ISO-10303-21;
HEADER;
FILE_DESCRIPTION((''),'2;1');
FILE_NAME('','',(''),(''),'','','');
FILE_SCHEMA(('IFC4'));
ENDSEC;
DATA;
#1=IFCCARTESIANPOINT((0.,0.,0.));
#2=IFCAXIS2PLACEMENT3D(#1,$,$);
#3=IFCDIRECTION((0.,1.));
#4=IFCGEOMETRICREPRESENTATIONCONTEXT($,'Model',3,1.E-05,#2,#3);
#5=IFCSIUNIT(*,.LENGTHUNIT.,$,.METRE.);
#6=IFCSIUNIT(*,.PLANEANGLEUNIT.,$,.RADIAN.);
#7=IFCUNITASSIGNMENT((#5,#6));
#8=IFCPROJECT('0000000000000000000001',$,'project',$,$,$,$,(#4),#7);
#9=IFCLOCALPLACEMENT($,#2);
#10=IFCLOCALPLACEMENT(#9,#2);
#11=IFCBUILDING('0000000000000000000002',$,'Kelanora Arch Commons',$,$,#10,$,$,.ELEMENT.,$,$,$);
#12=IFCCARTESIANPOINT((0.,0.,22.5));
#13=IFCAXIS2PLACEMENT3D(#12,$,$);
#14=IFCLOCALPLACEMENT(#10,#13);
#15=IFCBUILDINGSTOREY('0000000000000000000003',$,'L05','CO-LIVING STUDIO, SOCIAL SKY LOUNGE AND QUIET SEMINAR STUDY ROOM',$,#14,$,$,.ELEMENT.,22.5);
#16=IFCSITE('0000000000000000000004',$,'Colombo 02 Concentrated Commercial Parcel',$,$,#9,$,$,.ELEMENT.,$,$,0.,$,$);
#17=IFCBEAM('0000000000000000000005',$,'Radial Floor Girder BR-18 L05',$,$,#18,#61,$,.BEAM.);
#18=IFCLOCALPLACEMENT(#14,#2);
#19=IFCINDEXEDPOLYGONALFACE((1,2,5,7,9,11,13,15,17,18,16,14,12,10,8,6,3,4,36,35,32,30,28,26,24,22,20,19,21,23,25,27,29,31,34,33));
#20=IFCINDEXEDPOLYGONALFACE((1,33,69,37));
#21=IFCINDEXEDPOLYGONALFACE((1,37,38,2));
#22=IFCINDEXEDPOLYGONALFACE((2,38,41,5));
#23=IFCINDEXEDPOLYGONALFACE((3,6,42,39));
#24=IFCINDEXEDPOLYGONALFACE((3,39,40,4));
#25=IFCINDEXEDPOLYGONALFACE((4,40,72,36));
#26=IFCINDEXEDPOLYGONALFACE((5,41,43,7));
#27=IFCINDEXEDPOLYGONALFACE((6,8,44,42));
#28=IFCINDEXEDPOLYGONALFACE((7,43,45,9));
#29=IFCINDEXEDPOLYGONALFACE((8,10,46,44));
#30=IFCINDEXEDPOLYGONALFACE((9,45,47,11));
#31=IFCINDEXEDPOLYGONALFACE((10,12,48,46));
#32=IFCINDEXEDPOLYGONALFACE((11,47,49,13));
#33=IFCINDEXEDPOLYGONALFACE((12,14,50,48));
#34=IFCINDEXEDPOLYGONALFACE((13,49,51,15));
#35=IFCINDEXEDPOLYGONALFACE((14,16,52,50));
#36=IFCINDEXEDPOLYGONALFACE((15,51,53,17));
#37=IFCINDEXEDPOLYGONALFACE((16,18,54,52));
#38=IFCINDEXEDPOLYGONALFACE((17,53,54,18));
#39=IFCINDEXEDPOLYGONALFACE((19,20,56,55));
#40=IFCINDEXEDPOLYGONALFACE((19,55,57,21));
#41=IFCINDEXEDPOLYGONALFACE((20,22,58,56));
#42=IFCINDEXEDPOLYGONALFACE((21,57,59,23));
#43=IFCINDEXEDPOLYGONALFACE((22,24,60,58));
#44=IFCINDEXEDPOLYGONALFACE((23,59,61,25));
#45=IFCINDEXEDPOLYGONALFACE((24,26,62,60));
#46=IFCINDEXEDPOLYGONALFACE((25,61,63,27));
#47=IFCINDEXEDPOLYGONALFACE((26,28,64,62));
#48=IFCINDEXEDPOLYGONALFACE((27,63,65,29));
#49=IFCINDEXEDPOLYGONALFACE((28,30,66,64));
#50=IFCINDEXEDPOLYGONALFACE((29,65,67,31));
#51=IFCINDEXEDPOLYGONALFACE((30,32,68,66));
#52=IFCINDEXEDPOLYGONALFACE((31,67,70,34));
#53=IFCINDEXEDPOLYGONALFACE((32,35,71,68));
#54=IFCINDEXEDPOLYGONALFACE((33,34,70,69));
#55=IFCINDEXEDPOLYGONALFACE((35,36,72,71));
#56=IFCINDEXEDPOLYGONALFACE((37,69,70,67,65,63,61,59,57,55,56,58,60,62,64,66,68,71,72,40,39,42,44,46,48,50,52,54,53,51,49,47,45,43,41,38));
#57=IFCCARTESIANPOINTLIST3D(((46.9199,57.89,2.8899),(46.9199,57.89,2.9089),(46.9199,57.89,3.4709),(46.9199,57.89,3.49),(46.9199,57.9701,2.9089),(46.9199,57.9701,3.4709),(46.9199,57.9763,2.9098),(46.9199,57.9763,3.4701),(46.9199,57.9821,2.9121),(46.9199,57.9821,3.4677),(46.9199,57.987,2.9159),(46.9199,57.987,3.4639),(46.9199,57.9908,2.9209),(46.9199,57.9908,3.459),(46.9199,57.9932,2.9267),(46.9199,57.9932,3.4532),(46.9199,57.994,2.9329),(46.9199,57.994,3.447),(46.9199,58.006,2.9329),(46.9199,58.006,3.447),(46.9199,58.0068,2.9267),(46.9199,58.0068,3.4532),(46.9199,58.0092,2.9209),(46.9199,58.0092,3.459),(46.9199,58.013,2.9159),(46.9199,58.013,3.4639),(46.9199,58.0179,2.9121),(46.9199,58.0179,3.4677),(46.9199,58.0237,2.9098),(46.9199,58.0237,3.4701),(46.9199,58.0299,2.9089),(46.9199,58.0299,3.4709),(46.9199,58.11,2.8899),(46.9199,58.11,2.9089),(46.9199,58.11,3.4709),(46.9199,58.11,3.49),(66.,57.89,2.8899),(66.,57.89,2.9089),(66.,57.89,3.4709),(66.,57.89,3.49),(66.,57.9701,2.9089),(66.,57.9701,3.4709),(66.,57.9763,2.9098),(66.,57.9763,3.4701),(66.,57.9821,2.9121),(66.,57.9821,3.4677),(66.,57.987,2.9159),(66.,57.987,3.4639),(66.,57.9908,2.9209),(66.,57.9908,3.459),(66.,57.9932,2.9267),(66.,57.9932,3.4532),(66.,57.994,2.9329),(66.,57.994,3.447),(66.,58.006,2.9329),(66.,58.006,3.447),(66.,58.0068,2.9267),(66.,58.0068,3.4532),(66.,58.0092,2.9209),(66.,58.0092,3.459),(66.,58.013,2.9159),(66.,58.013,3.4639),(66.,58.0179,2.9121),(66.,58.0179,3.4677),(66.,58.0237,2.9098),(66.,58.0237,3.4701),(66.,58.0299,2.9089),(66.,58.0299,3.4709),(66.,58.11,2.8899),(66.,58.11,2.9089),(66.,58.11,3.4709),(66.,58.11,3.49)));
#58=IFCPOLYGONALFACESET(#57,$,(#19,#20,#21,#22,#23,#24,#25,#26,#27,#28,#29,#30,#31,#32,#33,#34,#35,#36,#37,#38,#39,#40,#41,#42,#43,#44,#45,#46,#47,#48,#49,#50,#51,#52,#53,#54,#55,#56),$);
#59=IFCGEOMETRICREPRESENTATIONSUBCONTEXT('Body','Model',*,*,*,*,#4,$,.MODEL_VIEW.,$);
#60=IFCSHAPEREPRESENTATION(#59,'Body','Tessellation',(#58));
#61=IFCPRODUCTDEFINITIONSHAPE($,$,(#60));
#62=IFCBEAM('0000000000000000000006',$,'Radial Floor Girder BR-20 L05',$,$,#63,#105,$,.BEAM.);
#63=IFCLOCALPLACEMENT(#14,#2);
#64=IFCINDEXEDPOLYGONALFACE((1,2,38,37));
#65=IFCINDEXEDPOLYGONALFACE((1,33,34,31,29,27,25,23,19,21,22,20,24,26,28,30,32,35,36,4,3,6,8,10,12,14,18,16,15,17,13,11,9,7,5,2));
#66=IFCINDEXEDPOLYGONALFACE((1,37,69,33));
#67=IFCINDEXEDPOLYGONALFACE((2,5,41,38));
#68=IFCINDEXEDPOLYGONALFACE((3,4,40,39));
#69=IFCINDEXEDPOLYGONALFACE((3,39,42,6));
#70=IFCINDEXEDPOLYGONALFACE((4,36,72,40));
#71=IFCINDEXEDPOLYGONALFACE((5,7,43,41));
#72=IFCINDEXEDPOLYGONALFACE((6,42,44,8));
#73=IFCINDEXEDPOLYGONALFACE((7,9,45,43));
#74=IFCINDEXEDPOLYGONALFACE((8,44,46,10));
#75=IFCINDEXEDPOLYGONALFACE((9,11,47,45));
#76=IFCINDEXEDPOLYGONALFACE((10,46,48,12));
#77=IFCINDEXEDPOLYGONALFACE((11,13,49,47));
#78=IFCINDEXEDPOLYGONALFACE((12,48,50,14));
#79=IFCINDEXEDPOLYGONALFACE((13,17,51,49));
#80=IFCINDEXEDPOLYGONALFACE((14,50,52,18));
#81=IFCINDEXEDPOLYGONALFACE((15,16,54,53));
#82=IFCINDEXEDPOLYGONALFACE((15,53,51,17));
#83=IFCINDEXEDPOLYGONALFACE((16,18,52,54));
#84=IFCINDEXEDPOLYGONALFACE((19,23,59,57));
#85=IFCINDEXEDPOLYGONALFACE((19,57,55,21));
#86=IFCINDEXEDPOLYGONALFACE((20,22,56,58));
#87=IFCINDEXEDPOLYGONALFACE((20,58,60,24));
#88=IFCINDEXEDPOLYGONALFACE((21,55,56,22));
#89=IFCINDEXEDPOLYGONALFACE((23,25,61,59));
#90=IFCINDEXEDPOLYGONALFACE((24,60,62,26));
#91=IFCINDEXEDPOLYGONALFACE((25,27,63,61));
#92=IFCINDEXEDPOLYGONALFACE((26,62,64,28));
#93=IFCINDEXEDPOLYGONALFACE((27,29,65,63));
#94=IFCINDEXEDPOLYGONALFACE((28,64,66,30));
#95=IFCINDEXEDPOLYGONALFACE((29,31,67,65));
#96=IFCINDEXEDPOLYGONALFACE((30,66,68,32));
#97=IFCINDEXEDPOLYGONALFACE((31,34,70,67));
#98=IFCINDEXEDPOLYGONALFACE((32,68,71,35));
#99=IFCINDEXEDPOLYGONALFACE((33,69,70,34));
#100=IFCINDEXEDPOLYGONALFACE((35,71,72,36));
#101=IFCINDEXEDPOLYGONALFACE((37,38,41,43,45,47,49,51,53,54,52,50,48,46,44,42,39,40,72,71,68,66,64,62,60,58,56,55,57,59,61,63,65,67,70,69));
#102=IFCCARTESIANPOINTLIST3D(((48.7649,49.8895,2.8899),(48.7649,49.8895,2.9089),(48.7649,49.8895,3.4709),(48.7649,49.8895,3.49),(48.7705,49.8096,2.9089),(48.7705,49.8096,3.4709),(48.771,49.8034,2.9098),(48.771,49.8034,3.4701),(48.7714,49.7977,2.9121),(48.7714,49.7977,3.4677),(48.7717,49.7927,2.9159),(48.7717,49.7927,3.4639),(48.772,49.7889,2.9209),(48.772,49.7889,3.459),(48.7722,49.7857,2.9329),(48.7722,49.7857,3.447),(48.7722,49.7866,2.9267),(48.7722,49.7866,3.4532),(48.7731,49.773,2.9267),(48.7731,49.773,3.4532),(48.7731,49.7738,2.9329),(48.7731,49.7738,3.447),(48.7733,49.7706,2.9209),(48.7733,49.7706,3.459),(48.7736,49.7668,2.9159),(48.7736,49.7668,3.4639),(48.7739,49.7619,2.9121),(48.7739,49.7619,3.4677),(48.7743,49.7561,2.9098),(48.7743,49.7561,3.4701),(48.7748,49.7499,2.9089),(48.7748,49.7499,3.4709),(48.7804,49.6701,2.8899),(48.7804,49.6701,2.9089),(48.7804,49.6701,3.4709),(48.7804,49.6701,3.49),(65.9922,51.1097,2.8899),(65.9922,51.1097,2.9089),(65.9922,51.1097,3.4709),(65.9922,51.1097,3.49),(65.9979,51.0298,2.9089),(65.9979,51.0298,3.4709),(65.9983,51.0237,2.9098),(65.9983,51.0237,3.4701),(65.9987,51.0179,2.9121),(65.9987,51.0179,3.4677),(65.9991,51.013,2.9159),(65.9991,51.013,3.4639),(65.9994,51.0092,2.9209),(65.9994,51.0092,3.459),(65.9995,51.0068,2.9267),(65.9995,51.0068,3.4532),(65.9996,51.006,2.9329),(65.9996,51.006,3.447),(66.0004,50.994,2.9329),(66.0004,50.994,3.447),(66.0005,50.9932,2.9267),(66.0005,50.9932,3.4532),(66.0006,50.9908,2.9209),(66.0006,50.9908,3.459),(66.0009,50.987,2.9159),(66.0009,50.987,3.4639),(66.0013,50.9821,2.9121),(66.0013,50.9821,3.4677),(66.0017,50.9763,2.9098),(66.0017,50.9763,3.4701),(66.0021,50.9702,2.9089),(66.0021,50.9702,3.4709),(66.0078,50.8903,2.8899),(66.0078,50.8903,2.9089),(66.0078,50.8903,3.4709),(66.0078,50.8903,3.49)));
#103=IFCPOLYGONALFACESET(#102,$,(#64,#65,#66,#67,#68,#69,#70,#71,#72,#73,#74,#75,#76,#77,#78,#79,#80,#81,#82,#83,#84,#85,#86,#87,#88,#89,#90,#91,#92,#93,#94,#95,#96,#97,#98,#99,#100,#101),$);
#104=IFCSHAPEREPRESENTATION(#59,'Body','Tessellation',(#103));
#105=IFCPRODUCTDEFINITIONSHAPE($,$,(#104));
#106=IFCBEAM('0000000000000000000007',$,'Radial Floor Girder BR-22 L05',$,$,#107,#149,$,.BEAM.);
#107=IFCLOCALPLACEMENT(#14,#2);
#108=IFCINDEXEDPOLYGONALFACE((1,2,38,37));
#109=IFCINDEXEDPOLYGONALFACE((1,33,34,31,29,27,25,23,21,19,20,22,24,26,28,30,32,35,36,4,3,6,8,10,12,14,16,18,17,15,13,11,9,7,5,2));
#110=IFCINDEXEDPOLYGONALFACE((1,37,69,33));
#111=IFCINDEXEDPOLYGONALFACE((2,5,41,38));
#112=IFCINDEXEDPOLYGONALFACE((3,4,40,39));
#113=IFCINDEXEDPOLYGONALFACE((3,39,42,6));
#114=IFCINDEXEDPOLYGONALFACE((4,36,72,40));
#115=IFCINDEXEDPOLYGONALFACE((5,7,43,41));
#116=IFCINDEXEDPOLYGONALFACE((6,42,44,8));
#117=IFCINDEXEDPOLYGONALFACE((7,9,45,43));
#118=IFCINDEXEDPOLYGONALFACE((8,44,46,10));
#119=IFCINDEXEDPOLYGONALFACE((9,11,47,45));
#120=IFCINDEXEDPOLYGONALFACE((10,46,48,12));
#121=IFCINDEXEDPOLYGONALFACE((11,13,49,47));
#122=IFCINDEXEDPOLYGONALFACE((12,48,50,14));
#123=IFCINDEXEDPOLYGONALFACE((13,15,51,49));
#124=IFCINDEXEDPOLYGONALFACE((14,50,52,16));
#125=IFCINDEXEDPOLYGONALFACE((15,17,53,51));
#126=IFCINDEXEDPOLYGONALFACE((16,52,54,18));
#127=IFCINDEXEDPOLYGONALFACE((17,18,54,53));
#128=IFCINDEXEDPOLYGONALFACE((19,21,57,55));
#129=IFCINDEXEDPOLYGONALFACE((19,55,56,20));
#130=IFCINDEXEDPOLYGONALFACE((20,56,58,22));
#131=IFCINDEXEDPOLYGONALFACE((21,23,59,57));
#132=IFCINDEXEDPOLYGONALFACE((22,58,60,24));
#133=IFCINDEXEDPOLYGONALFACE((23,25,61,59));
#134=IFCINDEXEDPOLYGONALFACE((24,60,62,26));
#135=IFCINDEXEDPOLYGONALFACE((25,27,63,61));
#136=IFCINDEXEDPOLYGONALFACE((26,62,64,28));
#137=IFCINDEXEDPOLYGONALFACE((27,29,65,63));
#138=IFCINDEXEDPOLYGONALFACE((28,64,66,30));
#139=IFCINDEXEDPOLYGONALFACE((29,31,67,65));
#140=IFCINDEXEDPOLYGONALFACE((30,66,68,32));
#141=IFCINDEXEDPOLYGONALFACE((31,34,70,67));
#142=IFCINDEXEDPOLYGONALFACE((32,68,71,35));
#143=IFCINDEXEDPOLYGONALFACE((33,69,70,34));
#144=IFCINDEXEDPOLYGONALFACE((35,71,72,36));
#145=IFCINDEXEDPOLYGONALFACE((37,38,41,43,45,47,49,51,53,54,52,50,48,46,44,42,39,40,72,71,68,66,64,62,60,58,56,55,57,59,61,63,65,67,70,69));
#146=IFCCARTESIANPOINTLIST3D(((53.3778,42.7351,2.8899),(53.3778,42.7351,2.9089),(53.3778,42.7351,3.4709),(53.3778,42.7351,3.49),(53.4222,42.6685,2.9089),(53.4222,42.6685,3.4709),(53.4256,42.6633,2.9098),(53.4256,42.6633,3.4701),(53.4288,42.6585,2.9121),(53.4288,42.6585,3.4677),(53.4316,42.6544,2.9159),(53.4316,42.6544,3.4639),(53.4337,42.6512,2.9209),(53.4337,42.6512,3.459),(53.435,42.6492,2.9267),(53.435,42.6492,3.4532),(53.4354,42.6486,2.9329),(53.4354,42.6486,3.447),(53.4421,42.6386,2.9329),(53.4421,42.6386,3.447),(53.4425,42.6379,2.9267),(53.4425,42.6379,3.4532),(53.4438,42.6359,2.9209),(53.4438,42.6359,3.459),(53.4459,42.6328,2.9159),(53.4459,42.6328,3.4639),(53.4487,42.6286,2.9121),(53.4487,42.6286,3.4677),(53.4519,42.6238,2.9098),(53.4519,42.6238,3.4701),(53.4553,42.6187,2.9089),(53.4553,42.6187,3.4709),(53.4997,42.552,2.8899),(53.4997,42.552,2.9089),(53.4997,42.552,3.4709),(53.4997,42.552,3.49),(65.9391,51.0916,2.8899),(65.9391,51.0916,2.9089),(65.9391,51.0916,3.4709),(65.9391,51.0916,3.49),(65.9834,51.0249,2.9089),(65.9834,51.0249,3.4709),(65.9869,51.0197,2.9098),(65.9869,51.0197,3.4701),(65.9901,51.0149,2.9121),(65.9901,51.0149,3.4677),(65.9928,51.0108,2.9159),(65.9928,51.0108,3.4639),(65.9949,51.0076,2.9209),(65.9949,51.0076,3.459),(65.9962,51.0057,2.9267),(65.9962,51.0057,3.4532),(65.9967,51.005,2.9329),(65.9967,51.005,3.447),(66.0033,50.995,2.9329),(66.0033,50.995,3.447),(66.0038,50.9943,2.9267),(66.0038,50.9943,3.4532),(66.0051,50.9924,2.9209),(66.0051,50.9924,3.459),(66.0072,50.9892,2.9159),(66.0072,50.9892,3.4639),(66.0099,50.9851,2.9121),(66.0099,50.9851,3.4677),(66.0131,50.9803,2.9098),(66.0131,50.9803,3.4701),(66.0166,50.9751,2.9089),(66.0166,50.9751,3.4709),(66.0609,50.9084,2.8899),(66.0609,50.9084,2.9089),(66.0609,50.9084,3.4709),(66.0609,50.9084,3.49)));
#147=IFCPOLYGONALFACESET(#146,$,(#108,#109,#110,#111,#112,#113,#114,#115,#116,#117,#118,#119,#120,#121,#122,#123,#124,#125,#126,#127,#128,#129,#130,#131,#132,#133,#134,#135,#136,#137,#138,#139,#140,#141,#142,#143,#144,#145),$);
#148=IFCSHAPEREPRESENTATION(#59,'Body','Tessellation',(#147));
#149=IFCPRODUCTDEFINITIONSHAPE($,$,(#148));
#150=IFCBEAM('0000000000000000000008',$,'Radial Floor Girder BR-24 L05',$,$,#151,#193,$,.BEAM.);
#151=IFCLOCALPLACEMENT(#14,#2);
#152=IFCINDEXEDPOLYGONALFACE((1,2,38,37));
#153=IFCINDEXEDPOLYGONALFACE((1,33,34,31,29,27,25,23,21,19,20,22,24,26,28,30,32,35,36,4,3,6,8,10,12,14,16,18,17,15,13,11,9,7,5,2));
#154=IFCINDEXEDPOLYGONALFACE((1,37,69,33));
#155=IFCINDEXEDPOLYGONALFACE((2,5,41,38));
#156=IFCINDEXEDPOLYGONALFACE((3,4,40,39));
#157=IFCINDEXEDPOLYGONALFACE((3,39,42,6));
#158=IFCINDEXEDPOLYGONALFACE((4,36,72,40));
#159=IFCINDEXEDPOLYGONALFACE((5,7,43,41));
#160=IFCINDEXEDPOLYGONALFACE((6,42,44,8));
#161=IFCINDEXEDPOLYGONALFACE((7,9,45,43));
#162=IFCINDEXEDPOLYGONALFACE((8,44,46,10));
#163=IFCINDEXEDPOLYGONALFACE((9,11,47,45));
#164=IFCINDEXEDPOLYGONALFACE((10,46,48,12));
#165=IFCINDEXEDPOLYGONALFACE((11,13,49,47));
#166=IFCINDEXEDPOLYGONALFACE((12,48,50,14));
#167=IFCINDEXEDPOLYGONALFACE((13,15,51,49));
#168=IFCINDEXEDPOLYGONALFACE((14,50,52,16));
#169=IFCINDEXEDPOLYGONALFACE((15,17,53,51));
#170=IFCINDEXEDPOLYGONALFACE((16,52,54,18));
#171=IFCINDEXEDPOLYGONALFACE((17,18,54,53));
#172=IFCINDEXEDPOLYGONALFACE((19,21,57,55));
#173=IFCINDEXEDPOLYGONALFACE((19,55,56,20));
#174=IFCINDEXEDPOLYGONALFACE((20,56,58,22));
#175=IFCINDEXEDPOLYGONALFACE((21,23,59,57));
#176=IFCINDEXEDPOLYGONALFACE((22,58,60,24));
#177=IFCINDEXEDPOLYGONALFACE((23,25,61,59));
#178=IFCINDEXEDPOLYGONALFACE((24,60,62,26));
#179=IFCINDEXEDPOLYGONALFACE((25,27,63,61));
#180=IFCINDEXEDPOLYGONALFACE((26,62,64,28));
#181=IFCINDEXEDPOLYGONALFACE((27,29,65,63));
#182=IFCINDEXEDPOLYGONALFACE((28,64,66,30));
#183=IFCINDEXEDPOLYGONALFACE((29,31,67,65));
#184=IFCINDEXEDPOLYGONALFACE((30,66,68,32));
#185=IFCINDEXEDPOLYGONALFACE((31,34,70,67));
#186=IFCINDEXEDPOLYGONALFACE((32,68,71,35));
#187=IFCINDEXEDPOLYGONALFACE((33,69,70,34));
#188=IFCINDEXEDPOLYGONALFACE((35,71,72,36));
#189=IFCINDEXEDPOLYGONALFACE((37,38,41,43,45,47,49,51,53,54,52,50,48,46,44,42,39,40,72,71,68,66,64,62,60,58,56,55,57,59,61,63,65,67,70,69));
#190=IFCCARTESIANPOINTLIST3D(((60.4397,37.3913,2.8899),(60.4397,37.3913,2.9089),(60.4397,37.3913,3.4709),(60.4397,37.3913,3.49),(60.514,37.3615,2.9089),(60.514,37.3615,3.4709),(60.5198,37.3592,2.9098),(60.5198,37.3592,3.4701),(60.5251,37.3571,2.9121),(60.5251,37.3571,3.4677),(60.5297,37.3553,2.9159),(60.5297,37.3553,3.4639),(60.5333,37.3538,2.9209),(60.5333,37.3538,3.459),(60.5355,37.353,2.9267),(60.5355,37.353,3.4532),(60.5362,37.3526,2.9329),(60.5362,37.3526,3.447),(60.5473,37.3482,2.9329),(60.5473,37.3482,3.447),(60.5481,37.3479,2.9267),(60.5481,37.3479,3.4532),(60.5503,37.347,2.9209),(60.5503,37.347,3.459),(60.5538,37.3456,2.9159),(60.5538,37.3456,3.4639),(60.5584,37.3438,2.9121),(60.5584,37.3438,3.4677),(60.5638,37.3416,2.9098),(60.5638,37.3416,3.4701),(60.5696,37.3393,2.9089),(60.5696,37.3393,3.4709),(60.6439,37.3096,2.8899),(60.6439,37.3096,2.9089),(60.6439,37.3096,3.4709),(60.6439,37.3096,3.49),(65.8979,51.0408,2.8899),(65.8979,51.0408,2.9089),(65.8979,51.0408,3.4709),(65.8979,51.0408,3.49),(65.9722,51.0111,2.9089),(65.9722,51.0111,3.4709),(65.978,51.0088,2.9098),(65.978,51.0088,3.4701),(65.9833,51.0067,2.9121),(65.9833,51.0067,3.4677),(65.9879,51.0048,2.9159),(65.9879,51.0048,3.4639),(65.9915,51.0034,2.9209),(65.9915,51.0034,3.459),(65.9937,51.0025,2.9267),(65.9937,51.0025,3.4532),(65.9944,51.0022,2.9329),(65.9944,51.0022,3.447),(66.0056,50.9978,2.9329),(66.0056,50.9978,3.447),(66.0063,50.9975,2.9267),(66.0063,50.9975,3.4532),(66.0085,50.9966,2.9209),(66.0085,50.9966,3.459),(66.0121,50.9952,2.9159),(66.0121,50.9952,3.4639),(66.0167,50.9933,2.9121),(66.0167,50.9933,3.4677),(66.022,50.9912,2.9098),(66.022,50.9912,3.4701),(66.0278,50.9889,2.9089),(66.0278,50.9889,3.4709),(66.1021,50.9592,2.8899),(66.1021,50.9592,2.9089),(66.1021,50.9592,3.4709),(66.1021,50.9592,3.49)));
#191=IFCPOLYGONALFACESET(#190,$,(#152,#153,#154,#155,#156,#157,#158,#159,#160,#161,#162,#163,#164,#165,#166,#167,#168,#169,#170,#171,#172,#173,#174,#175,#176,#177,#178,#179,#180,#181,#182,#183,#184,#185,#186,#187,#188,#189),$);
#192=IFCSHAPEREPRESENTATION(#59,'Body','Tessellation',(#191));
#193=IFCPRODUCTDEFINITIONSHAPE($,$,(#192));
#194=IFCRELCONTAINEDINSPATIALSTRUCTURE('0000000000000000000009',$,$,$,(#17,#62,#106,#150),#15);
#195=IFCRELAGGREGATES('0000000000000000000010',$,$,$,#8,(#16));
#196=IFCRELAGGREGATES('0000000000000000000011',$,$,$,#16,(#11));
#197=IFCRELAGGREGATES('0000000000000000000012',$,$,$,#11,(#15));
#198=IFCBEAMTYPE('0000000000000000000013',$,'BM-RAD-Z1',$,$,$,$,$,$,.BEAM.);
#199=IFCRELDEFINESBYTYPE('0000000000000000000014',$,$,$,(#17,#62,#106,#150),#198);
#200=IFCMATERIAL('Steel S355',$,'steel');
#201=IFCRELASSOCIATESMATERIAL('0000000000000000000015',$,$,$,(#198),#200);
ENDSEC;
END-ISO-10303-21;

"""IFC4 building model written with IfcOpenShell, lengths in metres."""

from ifc_helpers import new_model, si_unit, direction, frame, origin, origin_2d, place, context, subcontext, project, spatial, i_section, extrude, material, material_profile, profile_set, type_object, element, save


model = new_model("IFC4")

# Units and contexts
model_context = context("Model", 3, precision=1e-05, world=origin(), true_north=direction((0.0, 1.0)))
body_context = subcontext(model_context, "Body", "Model", "MODEL_VIEW")
ifc_project = project(units=[si_unit("LENGTHUNIT", "METRE"), si_unit("PLANEANGLEUNIT", "RADIAN")], contexts=[model_context])

# Site, building, storey
site_placement = place(None, origin())
site = spatial("IfcSite", under=ifc_project, at=site_placement, Name="Colombo 02 Concentrated Commercial Parcel", CompositionType="ELEMENT", RefElevation=0.0)
building_placement = place(site_placement, origin())
building = spatial("IfcBuilding", under=site, at=building_placement, Name="Kelanora Arch Commons", CompositionType="ELEMENT")
storey_placement = place(building_placement, frame((0.0, 0.0, 22.5)))
storey = spatial("IfcBuildingStorey", under=building, at=storey_placement, Name="L05", Description="CO-LIVING STUDIO, SOCIAL SKY LOUNGE AND QUIET SEMINAR STUDY ROOM", CompositionType="ELEMENT", Elevation=22.5)

# Beams
ifc_material_1 = material(Name="Steel S355", Category="steel")
ifc_material_profile_1 = material_profile(ifc_material_1, i_section(OverallWidth=0.22, OverallDepth=0.6001, WebThickness=0.012, FlangeThickness=0.019, FilletRadius=0.0239, at=origin_2d()), Name="IPE600")
ifc_profile_set_1 = profile_set([ifc_material_profile_1], Name="Steel S355")
beam_type_1 = type_object("IfcBeamType", Name="BM-RAD-Z1", PredefinedType="BEAM", material=ifc_profile_set_1)
beam_1_placement = place(storey_placement, frame((66.0, 58.0, 3.1899), z_axis=(-1.0, 0.0, 0.0), x_axis=(0.0, -1.0, 0.0)))
element("IfcBeam", 1, at=beam_1_placement, inside=storey, type_object=beam_type_1, Name="Radial Floor Girder BR-18 L05", PredefinedType="BEAM", context=body_context, shape_type="SweptSolid", body=[
    extrude(i_section(OverallWidth=0.22, OverallDepth=0.6001, WebThickness=0.012, FlangeThickness=0.019, FilletRadius=0.0239, at=origin_2d()), origin(), (0.0, 0.0, 1.0), 19.0801),
])
beam_2_placement = place(storey_placement, frame((66.0, 51.0, 3.1899), z_axis=(-0.997501, -0.070653, 0.0), x_axis=(0.070653, -0.997501, 0.0)))
element("IfcBeam", 2, at=beam_2_placement, inside=storey, type_object=beam_type_1, Name="Radial Floor Girder BR-20 L05", PredefinedType="BEAM", context=body_context, shape_type="SweptSolid", body=[
    extrude(i_section(OverallWidth=0.22, OverallDepth=0.6001, WebThickness=0.012, FlangeThickness=0.019, FilletRadius=0.0239, at=origin_2d()), origin(), (0.0, 0.0, 1.0), 17.2705),
])
beam_3_placement = place(storey_placement, frame((66.0, 51.0, 3.1899), z_axis=(-0.832593, -0.553886, 0.0), x_axis=(0.553886, -0.832593, 0.0)))
element("IfcBeam", 3, at=beam_3_placement, inside=storey, type_object=beam_type_1, Name="Radial Floor Girder BR-22 L05", PredefinedType="BEAM", context=body_context, shape_type="SweptSolid", body=[
    extrude(i_section(OverallWidth=0.22, OverallDepth=0.6001, WebThickness=0.012, FlangeThickness=0.019, FilletRadius=0.0239, at=origin_2d()), origin(), (0.0, 0.0, 1.0), 15.0869),
])
beam_4_placement = place(storey_placement, frame((66.0, 51.0, 3.1899), z_axis=(-0.371296, -0.928514, 0.0), x_axis=(0.928514, -0.371296, 0.0)))
element("IfcBeam", 4, at=beam_4_placement, inside=storey, type_object=beam_type_1, Name="Radial Floor Girder BR-24 L05", PredefinedType="BEAM", context=body_context, shape_type="SweptSolid", body=[
    extrude(i_section(OverallWidth=0.22, OverallDepth=0.6001, WebThickness=0.012, FlangeThickness=0.019, FilletRadius=0.0239, at=origin_2d()), origin(), (0.0, 0.0, 1.0), 14.7004),
])

save(model, "model.ifc")
